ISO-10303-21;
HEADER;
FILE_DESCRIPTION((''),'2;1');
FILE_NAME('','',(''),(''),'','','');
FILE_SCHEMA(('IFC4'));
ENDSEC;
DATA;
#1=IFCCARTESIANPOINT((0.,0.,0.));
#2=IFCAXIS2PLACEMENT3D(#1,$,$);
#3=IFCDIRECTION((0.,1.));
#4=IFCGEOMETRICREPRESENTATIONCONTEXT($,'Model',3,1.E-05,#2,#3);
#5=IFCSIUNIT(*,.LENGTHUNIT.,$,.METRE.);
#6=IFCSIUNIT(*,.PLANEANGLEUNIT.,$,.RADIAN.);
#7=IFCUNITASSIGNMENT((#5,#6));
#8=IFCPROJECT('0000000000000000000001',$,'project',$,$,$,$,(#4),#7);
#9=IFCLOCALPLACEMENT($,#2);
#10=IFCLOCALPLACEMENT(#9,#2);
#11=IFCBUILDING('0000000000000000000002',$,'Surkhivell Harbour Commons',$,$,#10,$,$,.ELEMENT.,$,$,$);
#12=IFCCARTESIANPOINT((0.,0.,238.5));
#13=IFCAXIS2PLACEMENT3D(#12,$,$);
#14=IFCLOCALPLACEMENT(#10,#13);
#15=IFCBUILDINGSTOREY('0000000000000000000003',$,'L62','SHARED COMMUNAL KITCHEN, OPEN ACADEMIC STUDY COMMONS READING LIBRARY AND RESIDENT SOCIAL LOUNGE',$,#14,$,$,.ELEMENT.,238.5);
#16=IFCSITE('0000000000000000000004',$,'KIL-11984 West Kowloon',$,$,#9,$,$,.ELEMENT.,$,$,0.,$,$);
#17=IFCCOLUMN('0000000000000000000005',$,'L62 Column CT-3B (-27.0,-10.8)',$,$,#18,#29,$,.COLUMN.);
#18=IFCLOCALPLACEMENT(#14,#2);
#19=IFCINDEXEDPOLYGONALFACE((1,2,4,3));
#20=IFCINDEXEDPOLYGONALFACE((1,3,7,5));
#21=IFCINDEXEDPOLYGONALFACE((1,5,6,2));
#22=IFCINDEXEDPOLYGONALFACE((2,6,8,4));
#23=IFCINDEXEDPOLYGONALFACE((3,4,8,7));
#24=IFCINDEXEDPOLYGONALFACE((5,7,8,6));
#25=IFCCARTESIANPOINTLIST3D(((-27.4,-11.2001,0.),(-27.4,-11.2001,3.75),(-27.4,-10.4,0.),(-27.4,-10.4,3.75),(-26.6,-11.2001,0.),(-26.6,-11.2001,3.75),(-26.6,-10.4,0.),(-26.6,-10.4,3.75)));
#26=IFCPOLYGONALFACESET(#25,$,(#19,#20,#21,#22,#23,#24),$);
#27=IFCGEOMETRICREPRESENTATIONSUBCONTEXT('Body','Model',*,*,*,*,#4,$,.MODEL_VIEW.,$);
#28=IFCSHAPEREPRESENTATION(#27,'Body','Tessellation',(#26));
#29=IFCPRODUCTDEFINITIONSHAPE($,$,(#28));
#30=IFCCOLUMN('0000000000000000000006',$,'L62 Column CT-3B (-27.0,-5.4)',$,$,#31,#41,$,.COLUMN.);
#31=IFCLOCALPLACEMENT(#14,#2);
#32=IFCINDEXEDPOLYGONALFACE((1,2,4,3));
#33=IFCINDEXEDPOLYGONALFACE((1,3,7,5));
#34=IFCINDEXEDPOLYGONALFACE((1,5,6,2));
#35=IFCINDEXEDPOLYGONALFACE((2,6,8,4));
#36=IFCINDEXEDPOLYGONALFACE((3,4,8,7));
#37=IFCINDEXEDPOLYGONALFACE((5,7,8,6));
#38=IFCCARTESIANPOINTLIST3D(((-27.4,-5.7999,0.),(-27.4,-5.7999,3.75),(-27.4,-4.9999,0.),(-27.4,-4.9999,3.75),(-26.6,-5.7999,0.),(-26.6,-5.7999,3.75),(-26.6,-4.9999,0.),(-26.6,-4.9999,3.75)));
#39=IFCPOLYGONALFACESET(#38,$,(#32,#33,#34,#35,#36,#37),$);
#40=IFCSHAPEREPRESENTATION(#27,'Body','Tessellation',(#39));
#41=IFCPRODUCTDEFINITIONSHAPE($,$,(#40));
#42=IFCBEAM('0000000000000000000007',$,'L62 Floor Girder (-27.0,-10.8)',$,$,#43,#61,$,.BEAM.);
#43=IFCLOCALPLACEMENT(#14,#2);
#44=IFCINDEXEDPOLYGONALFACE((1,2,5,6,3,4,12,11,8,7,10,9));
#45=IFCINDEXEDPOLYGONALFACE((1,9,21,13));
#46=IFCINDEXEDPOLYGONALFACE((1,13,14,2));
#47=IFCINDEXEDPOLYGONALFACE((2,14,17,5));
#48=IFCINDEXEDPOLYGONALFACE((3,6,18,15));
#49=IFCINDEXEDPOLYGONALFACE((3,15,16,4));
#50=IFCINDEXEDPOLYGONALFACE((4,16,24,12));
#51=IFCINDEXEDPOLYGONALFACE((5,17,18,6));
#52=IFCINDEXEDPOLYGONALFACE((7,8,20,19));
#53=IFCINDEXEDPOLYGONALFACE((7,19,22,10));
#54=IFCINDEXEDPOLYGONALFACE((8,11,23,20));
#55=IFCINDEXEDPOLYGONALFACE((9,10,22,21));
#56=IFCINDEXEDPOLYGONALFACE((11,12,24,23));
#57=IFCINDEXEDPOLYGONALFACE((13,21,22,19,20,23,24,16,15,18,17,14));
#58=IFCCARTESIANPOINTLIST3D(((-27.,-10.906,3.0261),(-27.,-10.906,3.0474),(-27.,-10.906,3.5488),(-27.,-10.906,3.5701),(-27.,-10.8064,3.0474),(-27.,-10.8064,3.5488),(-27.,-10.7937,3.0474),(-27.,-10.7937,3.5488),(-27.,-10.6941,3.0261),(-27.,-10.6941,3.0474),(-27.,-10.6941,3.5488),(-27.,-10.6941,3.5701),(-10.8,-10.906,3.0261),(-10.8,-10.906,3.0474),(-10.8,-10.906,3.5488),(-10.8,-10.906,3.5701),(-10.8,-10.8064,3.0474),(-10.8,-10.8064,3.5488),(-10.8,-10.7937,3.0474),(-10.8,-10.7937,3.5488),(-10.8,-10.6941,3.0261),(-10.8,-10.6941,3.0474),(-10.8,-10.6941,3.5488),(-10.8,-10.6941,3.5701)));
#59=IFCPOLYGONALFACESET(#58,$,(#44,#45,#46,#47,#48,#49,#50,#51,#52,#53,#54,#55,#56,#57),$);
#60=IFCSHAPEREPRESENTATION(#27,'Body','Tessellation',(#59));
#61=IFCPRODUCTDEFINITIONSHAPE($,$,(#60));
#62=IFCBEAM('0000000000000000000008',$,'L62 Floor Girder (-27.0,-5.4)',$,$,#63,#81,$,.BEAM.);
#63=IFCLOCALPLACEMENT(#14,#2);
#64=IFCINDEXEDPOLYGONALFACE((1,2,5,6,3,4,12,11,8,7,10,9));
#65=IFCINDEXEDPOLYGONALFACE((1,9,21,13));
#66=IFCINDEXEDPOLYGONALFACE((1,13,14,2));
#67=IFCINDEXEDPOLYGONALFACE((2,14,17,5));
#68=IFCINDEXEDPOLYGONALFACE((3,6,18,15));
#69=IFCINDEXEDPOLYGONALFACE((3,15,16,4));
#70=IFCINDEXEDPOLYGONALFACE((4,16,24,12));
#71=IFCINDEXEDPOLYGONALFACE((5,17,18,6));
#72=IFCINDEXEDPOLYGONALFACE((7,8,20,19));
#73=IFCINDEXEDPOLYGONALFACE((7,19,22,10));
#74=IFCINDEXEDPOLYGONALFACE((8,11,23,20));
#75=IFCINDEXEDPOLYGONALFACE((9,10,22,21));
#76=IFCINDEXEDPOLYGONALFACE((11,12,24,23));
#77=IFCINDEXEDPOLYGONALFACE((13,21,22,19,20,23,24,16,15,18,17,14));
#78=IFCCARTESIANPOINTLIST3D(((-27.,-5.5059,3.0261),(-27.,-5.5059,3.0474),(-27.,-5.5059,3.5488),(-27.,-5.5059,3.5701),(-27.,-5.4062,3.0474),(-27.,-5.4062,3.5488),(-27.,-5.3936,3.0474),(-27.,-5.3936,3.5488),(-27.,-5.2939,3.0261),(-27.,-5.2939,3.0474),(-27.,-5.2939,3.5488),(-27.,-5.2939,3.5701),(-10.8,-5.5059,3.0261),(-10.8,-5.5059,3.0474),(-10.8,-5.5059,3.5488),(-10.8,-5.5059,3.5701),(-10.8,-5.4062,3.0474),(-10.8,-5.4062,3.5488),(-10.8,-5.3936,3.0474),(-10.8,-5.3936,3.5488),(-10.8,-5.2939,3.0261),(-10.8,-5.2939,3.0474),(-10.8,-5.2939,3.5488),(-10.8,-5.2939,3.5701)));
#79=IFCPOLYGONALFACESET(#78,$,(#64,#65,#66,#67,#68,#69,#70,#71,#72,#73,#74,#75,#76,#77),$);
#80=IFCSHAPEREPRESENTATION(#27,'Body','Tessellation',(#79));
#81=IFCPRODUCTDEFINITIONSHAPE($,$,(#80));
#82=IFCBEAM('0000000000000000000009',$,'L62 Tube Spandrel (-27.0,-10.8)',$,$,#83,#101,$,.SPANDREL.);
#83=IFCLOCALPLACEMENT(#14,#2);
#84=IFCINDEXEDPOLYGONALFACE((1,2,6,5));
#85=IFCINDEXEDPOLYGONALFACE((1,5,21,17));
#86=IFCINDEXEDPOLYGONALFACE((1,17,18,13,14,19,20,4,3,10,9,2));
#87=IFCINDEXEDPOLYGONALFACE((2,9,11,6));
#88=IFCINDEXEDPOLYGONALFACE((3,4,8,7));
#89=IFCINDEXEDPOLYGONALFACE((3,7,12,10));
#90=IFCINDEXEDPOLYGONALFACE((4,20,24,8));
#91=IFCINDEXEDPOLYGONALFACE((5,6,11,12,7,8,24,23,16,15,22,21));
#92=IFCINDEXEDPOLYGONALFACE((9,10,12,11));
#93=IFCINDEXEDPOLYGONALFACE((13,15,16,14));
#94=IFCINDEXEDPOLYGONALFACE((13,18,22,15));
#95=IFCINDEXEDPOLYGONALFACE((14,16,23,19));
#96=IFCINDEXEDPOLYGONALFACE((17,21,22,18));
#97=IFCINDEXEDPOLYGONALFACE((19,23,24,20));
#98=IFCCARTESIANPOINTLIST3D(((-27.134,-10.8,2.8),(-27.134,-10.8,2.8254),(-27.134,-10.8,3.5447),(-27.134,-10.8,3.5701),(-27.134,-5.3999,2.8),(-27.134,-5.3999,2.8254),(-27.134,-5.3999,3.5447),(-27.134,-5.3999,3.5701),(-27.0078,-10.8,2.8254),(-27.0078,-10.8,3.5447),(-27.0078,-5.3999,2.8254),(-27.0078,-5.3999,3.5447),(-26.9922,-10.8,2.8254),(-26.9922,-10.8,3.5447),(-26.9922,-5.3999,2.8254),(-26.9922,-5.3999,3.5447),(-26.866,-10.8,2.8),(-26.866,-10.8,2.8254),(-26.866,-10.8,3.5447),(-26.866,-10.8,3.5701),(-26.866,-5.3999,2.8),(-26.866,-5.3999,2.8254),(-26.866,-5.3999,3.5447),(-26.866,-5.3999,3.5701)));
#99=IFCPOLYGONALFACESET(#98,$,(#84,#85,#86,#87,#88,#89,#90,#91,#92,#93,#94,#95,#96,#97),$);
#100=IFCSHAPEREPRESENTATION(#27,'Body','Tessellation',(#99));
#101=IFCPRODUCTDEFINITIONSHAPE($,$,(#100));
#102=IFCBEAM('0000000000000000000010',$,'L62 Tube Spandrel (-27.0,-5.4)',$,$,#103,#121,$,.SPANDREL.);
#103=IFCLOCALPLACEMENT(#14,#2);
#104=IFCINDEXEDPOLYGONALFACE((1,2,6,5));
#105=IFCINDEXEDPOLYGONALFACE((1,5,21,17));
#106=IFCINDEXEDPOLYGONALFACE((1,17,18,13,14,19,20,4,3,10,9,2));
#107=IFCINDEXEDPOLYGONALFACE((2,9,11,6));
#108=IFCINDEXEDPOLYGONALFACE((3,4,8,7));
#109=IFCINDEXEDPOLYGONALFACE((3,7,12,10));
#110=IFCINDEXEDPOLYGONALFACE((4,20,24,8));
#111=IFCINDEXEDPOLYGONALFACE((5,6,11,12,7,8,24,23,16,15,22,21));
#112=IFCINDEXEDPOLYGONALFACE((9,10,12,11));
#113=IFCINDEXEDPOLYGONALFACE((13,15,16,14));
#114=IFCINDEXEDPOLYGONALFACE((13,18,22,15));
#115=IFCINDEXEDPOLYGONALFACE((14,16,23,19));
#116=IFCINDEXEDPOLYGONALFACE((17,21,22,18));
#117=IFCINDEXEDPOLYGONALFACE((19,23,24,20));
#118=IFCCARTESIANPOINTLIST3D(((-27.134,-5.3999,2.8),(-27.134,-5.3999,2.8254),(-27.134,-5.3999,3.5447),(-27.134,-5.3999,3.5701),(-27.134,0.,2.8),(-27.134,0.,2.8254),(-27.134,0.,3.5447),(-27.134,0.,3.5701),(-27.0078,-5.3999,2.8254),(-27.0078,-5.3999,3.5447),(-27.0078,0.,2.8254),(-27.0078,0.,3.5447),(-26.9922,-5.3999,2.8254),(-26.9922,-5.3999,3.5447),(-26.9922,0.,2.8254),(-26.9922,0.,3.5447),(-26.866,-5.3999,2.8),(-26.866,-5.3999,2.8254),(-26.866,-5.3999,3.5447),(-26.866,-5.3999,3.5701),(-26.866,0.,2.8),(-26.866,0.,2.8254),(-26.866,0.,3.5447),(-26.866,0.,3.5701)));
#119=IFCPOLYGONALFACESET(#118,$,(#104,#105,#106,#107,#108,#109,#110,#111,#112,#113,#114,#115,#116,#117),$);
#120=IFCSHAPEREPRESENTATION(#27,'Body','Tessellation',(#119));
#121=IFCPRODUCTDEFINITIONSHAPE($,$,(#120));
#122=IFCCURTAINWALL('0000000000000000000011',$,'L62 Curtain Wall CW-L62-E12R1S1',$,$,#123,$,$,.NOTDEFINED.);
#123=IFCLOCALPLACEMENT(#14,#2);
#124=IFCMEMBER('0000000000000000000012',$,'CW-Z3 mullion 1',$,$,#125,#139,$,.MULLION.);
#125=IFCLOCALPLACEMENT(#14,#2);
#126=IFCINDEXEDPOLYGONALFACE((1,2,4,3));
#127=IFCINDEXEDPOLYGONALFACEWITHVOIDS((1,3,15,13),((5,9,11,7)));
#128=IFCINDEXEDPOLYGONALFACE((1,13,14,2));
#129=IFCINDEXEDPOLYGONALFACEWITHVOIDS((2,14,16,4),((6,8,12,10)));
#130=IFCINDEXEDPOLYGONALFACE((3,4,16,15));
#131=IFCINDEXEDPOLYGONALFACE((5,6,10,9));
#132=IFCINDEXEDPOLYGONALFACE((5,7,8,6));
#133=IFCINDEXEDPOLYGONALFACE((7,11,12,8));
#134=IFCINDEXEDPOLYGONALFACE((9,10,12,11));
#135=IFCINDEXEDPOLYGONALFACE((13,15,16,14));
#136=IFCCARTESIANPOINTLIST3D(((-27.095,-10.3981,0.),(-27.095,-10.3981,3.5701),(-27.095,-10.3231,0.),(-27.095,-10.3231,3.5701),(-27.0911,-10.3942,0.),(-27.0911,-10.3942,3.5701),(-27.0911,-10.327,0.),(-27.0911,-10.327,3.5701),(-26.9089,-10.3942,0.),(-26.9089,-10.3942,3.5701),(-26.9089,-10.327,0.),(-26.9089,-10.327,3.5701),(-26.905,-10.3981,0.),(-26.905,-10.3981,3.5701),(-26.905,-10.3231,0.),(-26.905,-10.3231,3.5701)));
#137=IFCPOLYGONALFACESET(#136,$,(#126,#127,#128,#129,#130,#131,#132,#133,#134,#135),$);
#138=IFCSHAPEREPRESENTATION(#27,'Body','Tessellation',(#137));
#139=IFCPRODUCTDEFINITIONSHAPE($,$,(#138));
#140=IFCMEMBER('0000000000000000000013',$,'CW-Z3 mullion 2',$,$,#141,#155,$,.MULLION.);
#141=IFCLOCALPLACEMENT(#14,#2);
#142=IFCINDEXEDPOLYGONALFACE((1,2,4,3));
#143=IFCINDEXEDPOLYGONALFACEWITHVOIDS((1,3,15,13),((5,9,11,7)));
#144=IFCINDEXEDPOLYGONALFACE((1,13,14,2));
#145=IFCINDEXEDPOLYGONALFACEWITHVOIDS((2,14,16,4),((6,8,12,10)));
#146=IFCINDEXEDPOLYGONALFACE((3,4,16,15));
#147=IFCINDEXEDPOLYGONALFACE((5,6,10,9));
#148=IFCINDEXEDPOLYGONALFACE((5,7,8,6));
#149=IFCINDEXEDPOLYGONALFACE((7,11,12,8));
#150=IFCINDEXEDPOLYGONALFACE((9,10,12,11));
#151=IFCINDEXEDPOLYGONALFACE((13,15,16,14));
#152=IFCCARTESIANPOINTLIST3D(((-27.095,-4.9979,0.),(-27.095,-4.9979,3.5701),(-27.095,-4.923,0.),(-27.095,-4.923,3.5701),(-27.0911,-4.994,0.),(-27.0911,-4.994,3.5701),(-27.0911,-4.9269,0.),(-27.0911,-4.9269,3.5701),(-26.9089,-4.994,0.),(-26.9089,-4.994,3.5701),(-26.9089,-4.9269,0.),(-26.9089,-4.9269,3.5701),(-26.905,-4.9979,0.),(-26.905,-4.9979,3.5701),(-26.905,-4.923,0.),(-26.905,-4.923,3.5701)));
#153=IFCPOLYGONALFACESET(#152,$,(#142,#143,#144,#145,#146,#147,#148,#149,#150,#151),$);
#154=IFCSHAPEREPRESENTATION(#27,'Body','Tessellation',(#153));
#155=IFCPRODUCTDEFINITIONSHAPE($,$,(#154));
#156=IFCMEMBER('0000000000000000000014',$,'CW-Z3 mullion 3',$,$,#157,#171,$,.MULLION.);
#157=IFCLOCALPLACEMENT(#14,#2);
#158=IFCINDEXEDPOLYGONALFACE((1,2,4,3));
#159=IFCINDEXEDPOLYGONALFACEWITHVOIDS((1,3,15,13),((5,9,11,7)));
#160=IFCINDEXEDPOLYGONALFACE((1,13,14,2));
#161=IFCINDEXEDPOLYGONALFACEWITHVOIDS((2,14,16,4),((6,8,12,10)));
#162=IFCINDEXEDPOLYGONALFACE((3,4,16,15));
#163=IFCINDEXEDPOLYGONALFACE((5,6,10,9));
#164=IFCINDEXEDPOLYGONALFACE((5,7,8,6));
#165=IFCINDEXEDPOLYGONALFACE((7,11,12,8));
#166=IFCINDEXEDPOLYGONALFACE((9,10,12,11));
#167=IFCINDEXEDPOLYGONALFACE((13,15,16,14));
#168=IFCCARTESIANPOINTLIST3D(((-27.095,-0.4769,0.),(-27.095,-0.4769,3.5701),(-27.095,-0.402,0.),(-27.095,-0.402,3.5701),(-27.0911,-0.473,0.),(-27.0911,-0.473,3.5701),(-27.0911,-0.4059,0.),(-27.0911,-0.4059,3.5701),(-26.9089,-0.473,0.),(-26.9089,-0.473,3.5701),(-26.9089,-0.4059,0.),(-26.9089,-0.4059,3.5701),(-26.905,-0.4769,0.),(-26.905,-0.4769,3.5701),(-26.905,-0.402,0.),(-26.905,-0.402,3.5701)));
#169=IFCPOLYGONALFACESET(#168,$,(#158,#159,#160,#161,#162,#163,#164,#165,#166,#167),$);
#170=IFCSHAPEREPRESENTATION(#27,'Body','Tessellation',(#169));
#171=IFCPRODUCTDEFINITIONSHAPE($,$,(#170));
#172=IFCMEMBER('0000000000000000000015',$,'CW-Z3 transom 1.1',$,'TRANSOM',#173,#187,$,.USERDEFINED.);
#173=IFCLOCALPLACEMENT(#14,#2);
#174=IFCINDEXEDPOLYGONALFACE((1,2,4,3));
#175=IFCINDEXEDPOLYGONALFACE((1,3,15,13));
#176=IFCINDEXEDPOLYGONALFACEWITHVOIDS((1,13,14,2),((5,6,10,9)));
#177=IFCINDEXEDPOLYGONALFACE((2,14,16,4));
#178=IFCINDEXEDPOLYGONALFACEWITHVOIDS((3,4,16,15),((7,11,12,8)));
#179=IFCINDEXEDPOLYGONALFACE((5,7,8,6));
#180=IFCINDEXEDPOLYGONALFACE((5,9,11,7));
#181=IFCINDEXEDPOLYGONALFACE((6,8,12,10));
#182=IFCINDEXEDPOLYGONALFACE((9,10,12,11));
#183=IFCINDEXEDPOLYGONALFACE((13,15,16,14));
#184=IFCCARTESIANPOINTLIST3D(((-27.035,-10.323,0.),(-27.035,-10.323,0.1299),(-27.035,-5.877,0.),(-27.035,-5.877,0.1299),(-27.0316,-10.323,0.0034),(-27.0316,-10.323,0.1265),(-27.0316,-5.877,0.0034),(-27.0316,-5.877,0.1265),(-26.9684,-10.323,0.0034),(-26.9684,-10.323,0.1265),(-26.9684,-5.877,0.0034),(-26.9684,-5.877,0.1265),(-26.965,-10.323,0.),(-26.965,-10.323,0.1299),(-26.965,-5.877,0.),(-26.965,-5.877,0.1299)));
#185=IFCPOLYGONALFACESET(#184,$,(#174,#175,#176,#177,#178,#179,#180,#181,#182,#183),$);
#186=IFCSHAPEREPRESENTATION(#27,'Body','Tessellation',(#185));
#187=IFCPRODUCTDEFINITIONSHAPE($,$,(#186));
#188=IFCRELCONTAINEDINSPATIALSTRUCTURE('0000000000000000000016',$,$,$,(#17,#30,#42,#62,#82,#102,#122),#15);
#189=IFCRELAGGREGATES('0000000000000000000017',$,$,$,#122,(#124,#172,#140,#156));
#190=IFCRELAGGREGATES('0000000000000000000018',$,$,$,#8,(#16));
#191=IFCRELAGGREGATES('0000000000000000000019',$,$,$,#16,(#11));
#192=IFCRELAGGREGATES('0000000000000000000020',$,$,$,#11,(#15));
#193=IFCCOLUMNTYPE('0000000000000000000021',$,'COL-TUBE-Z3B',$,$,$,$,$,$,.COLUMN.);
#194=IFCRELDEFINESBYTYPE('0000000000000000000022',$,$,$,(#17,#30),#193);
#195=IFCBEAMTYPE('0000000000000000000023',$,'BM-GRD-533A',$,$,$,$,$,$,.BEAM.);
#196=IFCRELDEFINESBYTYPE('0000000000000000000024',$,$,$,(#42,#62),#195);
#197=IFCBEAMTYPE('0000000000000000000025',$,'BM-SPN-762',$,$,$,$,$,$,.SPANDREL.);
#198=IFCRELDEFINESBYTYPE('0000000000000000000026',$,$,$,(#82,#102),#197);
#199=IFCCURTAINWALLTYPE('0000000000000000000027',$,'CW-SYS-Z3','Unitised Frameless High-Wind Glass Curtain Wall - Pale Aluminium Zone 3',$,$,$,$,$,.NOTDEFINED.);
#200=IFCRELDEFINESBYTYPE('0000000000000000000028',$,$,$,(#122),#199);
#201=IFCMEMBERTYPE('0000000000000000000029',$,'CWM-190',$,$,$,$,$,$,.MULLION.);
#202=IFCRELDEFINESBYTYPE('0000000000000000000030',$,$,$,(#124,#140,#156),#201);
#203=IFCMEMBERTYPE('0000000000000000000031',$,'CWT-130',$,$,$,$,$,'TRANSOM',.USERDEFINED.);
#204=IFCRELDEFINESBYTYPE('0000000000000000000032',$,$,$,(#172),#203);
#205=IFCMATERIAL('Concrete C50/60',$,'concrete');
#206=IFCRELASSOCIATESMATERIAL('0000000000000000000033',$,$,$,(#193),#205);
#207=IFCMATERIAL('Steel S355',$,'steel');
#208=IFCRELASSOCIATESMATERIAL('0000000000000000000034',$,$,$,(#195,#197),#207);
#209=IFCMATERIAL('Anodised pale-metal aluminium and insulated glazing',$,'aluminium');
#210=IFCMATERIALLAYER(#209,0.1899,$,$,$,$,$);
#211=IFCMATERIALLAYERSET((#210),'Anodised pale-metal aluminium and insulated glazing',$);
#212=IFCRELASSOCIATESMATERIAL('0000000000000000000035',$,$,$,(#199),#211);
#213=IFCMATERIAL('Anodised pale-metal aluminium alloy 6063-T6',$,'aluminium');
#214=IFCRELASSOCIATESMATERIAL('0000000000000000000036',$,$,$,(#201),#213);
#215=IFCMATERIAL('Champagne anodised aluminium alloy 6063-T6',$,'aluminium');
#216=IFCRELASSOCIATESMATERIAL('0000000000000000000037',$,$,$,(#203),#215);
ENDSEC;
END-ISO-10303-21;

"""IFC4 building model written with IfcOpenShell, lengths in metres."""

from ifc_helpers import new_model, si_unit, direction, frame, origin, origin_2d, place, context, subcontext, project, spatial, rectangle, hollow_rectangle, i_section, extrude, material, layer, layer_set, material_profile, profile_set, type_object, element, aggregate, save


model = new_model("IFC4")

# Units and contexts
model_context = context("Model", 3, precision=1e-05, world=origin(), true_north=direction((0.0, 1.0)))
body_context = subcontext(model_context, "Body", "Model", "MODEL_VIEW")
ifc_project = project(units=[si_unit("LENGTHUNIT", "METRE"), si_unit("PLANEANGLEUNIT", "RADIAN")], contexts=[model_context])

# Site, building, storey
site_placement = place(None, origin())
site = spatial("IfcSite", under=ifc_project, at=site_placement, Name="KIL-11984 West Kowloon", CompositionType="ELEMENT", RefElevation=0.0)
building_placement = place(site_placement, origin())
building = spatial("IfcBuilding", under=site, at=building_placement, Name="Surkhivell Harbour Commons", CompositionType="ELEMENT")
storey_placement = place(building_placement, frame((0.0, 0.0, 238.5)))
storey = spatial("IfcBuildingStorey", under=building, at=storey_placement, Name="L62", Description="SHARED COMMUNAL KITCHEN, OPEN ACADEMIC STUDY COMMONS READING LIBRARY AND RESIDENT SOCIAL LOUNGE", CompositionType="ELEMENT", Elevation=238.5)

# Columns
ifc_material_1 = material(Name="Concrete C50/60", Category="concrete")
ifc_material_profile_1 = material_profile(ifc_material_1, rectangle(XDim=0.8, YDim=0.8, at=origin_2d()), Name="RC-COL-800x800")
ifc_profile_set_1 = profile_set([ifc_material_profile_1], Name="Concrete C50/60")
column_type = type_object("IfcColumnType", Name="COL-TUBE-Z3B", PredefinedType="COLUMN", material=ifc_profile_set_1)
for number, where, z_axis, x_axis, name in (
    (1, (-27.0, -10.8, 0.0), (0.0, 0.0, 1.0), (1.0, 0.0, 0.0), "L62 Column CT-3B (-27.0,-10.8)"),
    (2, (-27.0, -5.3999, 0.0), (0.0, 0.0, 1.0), (1.0, 0.0, 0.0), "L62 Column CT-3B (-27.0,-5.4)"),
):
    element("IfcColumn", number, at=place(storey_placement, frame(where, z_axis=z_axis, x_axis=x_axis)), inside=storey, type_object=column_type, Name=name, PredefinedType="COLUMN", context=body_context, shape_type="SweptSolid", body=[
        extrude(rectangle(XDim=0.8, YDim=0.8, at=origin_2d()), origin(), (0.0, 0.0, 1.0), 3.75),
    ])

# Beams
ifc_material_2 = material(Name="Steel S355", Category="steel")
ifc_material_profile_2 = material_profile(ifc_material_2, i_section(OverallWidth=0.2119, OverallDepth=0.5439, WebThickness=0.0127, FlangeThickness=0.0212, at=origin_2d()), Name="UB533x210x122")
ifc_profile_set_2 = profile_set([ifc_material_profile_2], Name="Steel S355")
beam_type_1 = type_object("IfcBeamType", Name="BM-GRD-533A", PredefinedType="BEAM", material=ifc_profile_set_2)
for number, where, z_axis, x_axis, name in (
    (3, (-27.0, -10.8, 3.2981), (1.0, 0.0, 0.0), (0.0, 1.0, 0.0), "L62 Floor Girder (-27.0,-10.8)"),
    (4, (-27.0, -5.3999, 3.2981), (1.0, 0.0, 0.0), (0.0, 1.0, 0.0), "L62 Floor Girder (-27.0,-5.4)"),
):
    element("IfcBeam", number, at=place(storey_placement, frame(where, z_axis=z_axis, x_axis=x_axis)), inside=storey, type_object=beam_type_1, Name=name, PredefinedType="BEAM", context=body_context, shape_type="SweptSolid", body=[
        extrude(i_section(OverallWidth=0.2119, OverallDepth=0.5439, WebThickness=0.0127, FlangeThickness=0.0212, at=origin_2d()), origin(), (0.0, 0.0, 1.0), 16.2),
    ])
ifc_material_profile_3 = material_profile(ifc_material_2, i_section(OverallWidth=0.2681, OverallDepth=0.77, WebThickness=0.0156, FlangeThickness=0.0254, at=origin_2d()), Name="UB762x267x197")
ifc_profile_set_3 = profile_set([ifc_material_profile_3], Name="Steel S355")
beam_type_2 = type_object("IfcBeamType", Name="BM-SPN-762", PredefinedType="SPANDREL", material=ifc_profile_set_3)
beam_1_placement = place(storey_placement, frame((-27.0, -10.8, 3.1851), z_axis=(0.0, 1.0, 0.0), x_axis=(-1.0, 0.0, 0.0)))
element("IfcBeam", 5, at=beam_1_placement, inside=storey, type_object=beam_type_2, Name="L62 Tube Spandrel (-27.0,-10.8)", PredefinedType="SPANDREL", context=body_context, shape_type="SweptSolid", body=[
    extrude(i_section(OverallWidth=0.2681, OverallDepth=0.77, WebThickness=0.0156, FlangeThickness=0.0254, at=origin_2d()), origin(), (0.0, 0.0, 1.0), 5.4001),
])
beam_2_placement = place(storey_placement, frame((-27.0, -5.3999, 3.1851), z_axis=(0.0, 1.0, 0.0), x_axis=(-1.0, 0.0, 0.0)))
element("IfcBeam", 6, at=beam_2_placement, inside=storey, type_object=beam_type_2, Name="L62 Tube Spandrel (-27.0,-5.4)", PredefinedType="SPANDREL", context=body_context, shape_type="SweptSolid", body=[
    extrude(i_section(OverallWidth=0.2681, OverallDepth=0.77, WebThickness=0.0156, FlangeThickness=0.0254, at=origin_2d()), origin(), (0.0, 0.0, 1.0), 5.3999),
])

# Curtain wall, members
ifc_material_3 = material(Name="Anodised pale-metal aluminium and insulated glazing", Category="aluminium")
ifc_layer_1 = layer(ifc_material_3, 0.1899)
ifc_layer_set_1 = layer_set([ifc_layer_1], Name="Anodised pale-metal aluminium and insulated glazing")
curtain_wall_type = type_object("IfcCurtainWallType", Name="CW-SYS-Z3", Description="Unitised Frameless High-Wind Glass Curtain Wall - Pale Aluminium Zone 3", PredefinedType="NOTDEFINED", material=ifc_layer_set_1)
curtain_wall_placement = place(storey_placement, origin())
curtain_wall = element("IfcCurtainWall", 7, at=curtain_wall_placement, inside=storey, type_object=curtain_wall_type, Name="L62 Curtain Wall CW-L62-E12R1S1", PredefinedType="NOTDEFINED")
ifc_material_4 = material(Name="Anodised pale-metal aluminium alloy 6063-T6", Category="aluminium")
ifc_material_profile_4 = material_profile(ifc_material_4, hollow_rectangle(XDim=0.075, YDim=0.1899, WallThickness=0.0039, at=origin_2d()), Name="ALU-MULL-75x190")
ifc_profile_set_4 = profile_set([ifc_material_profile_4], Name="Anodised pale-metal aluminium alloy 6063-T6")
member_type_1 = type_object("IfcMemberType", Name="CWM-190", PredefinedType="MULLION", material=ifc_profile_set_4)
member_1_placement = place(storey_placement, frame((-27.0, -10.3606, 0.0), z_axis=(0.0, 0.0, 1.0), x_axis=(0.0, 1.0, 0.0)))
member_1 = element("IfcMember", 8, at=member_1_placement, type_object=member_type_1, Name="CW-Z3 mullion 1", PredefinedType="MULLION", context=body_context, shape_type="SweptSolid", body=[
    extrude(hollow_rectangle(XDim=0.075, YDim=0.1899, WallThickness=0.0039, at=origin_2d()), origin(), (0.0, 0.0, 1.0), 3.5701),
])
member_2_placement = place(storey_placement, frame((-27.0, -4.9604, 0.0), z_axis=(0.0, 0.0, 1.0), x_axis=(0.0, 1.0, 0.0)))
member_2 = element("IfcMember", 9, at=member_2_placement, type_object=member_type_1, Name="CW-Z3 mullion 2", PredefinedType="MULLION", context=body_context, shape_type="SweptSolid", body=[
    extrude(hollow_rectangle(XDim=0.075, YDim=0.1899, WallThickness=0.0039, at=origin_2d()), origin(), (0.0, 0.0, 1.0), 3.5701),
])
member_3_placement = place(storey_placement, frame((-27.0, -0.4395, 0.0), z_axis=(0.0, 0.0, 1.0), x_axis=(0.0, 1.0, 0.0)))
member_3 = element("IfcMember", 10, at=member_3_placement, type_object=member_type_1, Name="CW-Z3 mullion 3", PredefinedType="MULLION", context=body_context, shape_type="SweptSolid", body=[
    extrude(hollow_rectangle(XDim=0.075, YDim=0.1899, WallThickness=0.0039, at=origin_2d()), origin(), (0.0, 0.0, 1.0), 3.5701),
])
ifc_material_5 = material(Name="Champagne anodised aluminium alloy 6063-T6", Category="aluminium")
ifc_material_profile_5 = material_profile(ifc_material_5, hollow_rectangle(XDim=0.0701, YDim=0.1299, WallThickness=0.0034, at=origin_2d()), Name="ALU-TRAN-70x130")
ifc_profile_set_5 = profile_set([ifc_material_profile_5], Name="Champagne anodised aluminium alloy 6063-T6")
member_type_2 = type_object("IfcMemberType", Name="CWT-130", ElementType="TRANSOM", PredefinedType="USERDEFINED", material=ifc_profile_set_5)
member_4_placement = place(storey_placement, frame((-27.0, -10.323, 0.0649), z_axis=(0.0, 1.0, 0.0), x_axis=(-1.0, 0.0, 0.0)))
member_4 = element("IfcMember", 11, at=member_4_placement, type_object=member_type_2, Name="CW-Z3 transom 1.1", ObjectType="TRANSOM", PredefinedType="USERDEFINED", context=body_context, shape_type="SweptSolid", body=[
    extrude(hollow_rectangle(XDim=0.0701, YDim=0.1299, WallThickness=0.0034, at=origin_2d()), origin(), (0.0, 0.0, 1.0), 4.446),
])

aggregate(curtain_wall, [member_1, member_4, member_2, member_3])

save(model, "model.ifc")
